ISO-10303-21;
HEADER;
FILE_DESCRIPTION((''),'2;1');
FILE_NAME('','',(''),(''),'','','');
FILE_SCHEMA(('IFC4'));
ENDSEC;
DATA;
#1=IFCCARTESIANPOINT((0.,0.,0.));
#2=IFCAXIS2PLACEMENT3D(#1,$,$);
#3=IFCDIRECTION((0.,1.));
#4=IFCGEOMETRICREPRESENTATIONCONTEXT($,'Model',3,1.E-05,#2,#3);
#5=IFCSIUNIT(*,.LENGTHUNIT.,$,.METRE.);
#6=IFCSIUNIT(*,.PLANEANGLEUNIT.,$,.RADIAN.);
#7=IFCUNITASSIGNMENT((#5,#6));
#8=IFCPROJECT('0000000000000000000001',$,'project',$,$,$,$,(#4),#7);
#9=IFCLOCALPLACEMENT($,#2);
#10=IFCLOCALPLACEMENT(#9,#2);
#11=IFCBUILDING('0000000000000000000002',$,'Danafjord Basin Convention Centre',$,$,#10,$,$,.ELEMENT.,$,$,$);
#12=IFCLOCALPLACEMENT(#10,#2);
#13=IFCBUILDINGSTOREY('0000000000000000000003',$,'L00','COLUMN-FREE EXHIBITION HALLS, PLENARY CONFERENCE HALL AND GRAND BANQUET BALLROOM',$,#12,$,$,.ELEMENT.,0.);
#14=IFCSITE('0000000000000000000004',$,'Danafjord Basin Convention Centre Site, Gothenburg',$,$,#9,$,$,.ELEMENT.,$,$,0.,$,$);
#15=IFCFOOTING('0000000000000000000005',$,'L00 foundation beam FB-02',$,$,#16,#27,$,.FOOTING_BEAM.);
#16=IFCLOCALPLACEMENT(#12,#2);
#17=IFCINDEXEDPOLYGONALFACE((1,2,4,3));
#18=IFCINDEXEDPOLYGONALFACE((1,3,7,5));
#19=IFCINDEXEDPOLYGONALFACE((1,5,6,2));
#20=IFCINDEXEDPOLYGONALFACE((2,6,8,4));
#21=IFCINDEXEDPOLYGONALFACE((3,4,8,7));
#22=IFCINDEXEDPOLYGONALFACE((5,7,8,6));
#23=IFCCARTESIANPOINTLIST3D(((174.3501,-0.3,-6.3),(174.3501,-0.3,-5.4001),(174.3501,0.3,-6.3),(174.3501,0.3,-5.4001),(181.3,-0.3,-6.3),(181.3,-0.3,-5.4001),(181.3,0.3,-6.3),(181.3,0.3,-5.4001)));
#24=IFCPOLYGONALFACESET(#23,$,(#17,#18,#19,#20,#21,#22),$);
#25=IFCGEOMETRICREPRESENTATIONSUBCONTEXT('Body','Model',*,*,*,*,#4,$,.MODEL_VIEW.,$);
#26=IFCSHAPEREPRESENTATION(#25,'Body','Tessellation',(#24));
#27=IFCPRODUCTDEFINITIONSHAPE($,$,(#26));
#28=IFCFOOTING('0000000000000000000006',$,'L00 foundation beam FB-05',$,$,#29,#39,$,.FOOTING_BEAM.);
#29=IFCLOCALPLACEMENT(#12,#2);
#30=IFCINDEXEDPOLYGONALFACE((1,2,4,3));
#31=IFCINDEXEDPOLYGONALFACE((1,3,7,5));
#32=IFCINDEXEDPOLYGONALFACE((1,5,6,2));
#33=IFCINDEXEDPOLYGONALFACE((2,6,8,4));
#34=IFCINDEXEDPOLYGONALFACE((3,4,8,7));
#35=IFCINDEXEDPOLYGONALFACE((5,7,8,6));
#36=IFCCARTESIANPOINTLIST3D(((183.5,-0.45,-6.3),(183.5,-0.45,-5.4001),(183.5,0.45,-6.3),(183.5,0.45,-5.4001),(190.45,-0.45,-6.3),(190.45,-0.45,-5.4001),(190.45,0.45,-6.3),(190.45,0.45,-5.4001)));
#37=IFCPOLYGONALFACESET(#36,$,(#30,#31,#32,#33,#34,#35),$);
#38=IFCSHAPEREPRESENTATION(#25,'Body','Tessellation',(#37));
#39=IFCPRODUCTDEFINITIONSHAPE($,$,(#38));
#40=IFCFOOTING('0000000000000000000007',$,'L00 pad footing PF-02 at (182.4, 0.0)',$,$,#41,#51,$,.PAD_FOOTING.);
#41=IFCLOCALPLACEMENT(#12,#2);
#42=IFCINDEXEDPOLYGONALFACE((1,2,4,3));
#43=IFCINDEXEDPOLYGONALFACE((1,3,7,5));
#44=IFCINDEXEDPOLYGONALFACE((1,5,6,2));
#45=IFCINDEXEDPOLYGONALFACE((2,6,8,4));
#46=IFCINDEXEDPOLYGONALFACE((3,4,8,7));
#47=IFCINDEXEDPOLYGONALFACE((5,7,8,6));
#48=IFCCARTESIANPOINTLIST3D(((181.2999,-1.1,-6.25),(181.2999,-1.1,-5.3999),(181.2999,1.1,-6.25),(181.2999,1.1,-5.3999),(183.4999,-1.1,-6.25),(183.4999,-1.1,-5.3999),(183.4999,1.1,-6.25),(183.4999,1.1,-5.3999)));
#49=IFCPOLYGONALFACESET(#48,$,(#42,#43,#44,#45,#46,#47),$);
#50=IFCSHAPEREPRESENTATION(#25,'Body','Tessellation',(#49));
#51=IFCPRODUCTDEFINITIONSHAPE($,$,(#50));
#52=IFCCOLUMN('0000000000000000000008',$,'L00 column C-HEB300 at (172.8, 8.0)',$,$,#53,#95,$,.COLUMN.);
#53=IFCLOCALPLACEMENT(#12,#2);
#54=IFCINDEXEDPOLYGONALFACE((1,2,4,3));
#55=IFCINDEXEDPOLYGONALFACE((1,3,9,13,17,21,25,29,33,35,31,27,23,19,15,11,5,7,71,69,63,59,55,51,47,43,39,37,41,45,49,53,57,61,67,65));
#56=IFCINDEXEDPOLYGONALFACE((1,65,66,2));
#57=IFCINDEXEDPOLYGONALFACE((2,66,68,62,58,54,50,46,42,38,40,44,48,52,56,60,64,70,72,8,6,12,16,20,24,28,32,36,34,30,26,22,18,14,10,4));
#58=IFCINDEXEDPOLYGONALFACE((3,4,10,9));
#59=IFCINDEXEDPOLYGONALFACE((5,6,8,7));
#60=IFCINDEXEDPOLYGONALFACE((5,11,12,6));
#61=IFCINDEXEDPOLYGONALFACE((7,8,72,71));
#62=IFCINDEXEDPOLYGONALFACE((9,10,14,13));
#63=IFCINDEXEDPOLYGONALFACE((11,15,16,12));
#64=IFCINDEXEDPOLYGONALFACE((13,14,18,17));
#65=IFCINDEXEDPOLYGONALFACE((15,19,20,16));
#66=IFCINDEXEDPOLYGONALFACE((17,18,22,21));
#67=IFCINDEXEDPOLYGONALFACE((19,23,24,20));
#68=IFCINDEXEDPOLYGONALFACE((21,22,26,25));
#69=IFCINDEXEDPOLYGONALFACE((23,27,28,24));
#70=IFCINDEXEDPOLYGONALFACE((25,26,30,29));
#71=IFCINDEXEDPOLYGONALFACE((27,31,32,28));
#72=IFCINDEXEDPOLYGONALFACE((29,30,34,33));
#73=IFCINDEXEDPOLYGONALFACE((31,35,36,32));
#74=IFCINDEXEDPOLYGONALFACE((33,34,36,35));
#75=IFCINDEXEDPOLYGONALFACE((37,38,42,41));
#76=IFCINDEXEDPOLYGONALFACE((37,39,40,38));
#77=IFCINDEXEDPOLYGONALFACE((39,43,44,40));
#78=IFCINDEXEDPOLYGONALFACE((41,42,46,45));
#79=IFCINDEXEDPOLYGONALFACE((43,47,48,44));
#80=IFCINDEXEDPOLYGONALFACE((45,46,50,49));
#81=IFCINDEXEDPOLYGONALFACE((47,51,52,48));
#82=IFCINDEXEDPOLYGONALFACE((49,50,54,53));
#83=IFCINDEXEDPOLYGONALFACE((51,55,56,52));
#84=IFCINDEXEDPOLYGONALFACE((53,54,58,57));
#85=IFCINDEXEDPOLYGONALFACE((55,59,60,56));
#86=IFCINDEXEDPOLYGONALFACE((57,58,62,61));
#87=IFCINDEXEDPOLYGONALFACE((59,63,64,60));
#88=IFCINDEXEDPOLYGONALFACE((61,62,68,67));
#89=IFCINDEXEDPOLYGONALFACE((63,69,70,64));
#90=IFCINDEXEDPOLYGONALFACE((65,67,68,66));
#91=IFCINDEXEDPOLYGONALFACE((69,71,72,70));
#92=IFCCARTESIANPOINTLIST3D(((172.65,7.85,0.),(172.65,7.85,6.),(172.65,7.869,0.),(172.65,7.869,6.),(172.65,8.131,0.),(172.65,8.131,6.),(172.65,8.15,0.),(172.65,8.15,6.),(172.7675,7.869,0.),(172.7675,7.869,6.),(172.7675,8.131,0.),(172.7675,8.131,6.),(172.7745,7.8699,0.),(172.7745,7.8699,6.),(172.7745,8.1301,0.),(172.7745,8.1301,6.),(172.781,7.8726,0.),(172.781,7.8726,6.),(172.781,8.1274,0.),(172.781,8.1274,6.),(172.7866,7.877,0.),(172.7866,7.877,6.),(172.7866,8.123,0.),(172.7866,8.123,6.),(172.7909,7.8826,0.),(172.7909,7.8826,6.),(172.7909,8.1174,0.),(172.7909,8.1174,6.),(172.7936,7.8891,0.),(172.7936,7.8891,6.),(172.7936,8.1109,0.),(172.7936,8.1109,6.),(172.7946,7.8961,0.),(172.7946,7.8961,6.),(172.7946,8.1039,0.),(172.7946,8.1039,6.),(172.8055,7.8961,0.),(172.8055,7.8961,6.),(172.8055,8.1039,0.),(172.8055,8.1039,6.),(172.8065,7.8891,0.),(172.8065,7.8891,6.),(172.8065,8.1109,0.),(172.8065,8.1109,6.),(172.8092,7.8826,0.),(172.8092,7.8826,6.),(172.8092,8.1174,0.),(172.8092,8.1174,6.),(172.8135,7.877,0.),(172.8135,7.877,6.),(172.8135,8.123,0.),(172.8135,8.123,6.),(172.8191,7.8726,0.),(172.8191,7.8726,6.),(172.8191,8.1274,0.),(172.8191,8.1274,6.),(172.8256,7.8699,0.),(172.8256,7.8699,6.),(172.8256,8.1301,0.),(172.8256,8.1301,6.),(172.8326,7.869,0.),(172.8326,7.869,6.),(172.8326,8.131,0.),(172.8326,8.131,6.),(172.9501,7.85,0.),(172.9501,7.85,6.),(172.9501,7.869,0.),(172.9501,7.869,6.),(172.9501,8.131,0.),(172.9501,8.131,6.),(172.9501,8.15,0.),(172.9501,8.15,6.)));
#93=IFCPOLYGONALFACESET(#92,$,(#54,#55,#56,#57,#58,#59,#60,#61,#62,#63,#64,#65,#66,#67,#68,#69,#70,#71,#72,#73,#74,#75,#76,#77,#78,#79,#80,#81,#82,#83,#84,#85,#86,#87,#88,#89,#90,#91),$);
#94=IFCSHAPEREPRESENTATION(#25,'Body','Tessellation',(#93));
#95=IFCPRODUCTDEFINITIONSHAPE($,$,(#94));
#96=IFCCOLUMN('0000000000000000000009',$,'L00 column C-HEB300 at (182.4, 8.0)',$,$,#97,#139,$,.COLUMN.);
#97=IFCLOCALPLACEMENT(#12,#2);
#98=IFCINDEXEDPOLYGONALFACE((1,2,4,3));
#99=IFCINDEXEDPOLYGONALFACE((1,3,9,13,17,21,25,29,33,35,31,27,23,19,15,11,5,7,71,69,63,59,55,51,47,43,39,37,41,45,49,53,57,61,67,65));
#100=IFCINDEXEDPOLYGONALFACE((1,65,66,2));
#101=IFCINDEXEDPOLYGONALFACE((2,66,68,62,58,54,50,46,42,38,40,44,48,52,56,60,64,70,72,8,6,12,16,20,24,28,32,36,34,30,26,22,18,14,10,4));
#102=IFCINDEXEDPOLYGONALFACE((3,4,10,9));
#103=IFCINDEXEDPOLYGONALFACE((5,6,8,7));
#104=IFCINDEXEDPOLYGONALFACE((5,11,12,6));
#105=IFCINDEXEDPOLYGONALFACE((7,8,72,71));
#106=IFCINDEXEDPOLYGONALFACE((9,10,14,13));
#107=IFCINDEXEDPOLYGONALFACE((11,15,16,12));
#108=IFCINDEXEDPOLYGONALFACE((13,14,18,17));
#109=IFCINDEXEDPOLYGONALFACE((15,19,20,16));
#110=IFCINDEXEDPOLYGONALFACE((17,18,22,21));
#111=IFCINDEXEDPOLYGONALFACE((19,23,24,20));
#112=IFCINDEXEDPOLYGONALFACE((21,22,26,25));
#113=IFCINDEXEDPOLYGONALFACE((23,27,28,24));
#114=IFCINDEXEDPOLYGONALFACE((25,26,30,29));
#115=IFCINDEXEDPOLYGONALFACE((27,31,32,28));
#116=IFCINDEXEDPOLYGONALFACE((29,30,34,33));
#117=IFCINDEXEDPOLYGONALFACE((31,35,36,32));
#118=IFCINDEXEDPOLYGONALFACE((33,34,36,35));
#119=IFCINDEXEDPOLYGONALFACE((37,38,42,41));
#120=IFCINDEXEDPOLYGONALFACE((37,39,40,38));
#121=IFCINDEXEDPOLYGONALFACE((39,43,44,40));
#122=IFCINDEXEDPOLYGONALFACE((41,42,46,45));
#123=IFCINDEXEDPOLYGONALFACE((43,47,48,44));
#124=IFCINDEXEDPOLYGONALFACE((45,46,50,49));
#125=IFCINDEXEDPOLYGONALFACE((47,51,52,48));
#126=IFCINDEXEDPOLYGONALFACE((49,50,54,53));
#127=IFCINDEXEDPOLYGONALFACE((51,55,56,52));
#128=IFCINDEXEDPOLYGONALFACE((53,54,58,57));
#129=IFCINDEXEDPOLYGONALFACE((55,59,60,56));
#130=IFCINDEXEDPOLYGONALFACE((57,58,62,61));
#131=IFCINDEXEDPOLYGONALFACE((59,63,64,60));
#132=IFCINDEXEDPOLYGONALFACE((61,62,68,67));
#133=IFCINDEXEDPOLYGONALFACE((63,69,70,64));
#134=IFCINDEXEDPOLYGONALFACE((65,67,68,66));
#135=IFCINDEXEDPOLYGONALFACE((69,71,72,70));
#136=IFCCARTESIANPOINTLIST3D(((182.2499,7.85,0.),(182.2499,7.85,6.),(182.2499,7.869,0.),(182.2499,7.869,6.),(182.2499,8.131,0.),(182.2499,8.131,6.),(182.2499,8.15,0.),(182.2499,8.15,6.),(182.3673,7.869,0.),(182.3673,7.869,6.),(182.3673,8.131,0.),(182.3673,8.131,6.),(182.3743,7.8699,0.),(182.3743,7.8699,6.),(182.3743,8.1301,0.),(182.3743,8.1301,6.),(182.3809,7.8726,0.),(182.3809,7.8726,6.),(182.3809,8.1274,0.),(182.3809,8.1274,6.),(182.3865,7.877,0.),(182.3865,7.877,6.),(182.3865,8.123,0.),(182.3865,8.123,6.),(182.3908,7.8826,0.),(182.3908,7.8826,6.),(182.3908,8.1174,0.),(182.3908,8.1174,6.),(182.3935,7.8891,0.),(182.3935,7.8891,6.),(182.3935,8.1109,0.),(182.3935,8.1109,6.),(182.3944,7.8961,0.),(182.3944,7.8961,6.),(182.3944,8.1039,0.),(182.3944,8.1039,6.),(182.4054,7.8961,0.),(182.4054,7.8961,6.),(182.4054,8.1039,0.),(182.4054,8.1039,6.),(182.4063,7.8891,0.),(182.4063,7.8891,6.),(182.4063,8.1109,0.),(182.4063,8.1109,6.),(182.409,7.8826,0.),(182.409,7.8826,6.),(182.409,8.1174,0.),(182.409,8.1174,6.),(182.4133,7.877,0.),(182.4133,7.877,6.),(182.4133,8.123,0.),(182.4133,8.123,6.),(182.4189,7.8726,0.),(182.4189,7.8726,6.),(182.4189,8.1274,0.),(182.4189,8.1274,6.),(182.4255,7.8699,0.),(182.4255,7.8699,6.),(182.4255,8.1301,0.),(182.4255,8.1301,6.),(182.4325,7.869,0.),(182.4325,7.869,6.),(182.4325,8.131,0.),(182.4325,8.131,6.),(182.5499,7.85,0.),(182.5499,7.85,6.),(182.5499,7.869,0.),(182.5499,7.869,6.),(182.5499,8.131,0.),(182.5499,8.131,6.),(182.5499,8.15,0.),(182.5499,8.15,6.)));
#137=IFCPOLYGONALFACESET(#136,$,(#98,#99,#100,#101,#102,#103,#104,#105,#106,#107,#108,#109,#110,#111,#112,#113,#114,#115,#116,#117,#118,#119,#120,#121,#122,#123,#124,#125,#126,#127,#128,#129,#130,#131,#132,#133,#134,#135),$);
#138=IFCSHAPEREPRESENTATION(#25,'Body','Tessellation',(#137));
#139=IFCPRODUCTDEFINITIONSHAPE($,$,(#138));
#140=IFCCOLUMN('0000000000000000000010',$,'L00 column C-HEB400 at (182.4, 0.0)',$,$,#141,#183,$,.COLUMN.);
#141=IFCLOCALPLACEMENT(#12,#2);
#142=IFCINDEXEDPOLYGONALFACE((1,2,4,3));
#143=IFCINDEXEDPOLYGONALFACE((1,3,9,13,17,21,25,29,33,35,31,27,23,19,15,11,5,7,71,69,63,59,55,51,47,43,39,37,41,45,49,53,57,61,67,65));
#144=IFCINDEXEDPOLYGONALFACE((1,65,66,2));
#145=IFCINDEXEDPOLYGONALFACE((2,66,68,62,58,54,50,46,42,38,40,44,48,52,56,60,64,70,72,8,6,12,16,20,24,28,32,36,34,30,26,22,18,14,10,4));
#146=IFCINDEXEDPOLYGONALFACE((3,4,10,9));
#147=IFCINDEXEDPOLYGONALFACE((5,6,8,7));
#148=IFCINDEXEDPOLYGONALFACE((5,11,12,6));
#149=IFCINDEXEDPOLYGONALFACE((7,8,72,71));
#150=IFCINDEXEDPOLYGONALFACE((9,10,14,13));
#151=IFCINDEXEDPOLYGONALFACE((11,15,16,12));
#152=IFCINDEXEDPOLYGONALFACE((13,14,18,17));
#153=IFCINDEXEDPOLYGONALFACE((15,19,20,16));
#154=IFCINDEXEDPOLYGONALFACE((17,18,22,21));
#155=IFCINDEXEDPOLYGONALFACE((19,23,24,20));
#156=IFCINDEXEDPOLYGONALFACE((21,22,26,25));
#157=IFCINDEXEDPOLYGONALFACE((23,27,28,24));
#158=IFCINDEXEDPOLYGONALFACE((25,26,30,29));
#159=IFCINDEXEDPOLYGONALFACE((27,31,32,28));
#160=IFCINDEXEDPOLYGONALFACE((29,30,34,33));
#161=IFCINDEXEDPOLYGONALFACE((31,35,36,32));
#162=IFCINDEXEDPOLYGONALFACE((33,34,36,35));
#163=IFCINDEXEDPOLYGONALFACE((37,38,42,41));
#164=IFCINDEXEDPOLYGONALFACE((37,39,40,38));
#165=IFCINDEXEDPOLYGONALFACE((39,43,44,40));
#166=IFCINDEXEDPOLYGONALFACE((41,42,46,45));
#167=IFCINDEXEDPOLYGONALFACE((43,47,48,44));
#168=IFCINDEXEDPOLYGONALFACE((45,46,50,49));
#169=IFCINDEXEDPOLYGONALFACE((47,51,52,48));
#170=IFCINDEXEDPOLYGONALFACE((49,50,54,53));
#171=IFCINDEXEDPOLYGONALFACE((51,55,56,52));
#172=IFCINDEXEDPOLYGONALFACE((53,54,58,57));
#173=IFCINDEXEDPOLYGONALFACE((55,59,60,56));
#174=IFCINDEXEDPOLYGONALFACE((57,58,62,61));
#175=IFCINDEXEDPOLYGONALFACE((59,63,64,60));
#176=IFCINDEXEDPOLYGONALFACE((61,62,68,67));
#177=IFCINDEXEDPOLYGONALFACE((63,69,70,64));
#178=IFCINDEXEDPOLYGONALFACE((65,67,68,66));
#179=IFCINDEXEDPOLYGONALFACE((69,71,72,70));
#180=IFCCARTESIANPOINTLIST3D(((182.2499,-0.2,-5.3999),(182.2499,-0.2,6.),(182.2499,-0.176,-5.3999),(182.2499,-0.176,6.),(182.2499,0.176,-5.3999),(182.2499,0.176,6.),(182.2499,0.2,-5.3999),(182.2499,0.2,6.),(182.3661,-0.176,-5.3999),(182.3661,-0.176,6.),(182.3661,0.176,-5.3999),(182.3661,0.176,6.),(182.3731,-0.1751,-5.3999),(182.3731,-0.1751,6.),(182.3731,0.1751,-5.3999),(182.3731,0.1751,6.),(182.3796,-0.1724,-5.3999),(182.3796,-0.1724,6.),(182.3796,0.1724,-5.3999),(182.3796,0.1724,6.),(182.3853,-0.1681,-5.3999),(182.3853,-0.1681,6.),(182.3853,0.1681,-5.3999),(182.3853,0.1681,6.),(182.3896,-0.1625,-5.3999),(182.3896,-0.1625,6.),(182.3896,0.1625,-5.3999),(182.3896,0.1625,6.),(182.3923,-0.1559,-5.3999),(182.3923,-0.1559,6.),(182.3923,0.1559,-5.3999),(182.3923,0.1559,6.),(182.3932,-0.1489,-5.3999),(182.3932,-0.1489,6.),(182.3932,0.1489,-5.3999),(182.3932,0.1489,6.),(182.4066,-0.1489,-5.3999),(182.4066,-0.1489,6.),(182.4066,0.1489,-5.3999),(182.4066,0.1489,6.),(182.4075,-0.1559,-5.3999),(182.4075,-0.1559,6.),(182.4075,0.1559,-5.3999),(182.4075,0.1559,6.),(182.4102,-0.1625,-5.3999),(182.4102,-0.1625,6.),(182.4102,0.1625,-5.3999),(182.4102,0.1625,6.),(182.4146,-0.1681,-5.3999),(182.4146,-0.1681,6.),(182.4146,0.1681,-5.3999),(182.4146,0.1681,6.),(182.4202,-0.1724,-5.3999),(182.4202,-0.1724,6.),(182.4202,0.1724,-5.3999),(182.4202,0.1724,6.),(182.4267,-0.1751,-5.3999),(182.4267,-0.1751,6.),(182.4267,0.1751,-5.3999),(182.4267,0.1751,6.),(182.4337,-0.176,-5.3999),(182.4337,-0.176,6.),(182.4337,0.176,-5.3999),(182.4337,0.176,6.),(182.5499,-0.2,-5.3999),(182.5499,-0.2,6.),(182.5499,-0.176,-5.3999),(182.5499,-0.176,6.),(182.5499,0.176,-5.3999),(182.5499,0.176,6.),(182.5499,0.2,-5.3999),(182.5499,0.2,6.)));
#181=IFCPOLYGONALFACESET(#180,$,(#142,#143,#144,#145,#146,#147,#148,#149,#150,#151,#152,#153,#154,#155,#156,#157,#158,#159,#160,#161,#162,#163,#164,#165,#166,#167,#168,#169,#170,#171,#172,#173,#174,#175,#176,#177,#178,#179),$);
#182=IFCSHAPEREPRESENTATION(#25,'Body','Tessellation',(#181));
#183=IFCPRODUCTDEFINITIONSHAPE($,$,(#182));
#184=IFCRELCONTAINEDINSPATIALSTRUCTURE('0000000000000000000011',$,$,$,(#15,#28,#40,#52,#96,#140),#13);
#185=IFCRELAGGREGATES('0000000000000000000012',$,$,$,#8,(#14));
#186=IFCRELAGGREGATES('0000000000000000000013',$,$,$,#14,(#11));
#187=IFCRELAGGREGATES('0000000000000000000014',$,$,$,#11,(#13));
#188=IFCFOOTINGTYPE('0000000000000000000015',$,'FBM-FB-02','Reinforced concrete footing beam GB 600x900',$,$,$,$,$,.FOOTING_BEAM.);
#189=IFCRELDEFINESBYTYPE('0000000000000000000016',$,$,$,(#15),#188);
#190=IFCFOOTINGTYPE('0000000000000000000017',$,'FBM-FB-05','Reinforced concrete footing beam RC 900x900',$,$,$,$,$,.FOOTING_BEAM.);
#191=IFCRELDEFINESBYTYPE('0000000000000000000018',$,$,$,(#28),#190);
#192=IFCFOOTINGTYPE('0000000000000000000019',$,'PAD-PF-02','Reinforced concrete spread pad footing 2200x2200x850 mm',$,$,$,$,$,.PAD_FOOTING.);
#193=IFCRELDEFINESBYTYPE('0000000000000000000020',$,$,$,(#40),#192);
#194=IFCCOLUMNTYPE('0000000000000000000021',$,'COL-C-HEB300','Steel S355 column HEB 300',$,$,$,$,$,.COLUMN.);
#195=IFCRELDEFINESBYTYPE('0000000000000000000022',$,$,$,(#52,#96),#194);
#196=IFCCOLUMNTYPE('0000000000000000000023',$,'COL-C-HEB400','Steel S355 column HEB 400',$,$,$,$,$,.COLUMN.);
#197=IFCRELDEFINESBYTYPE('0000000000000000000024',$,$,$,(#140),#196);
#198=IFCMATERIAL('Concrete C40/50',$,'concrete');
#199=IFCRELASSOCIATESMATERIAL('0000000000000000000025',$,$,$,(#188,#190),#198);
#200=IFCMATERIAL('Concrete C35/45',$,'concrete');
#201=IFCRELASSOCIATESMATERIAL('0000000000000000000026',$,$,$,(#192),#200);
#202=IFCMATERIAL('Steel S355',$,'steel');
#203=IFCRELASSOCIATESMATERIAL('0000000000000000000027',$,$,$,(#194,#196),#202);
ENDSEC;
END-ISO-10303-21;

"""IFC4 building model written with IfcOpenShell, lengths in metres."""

from ifc_helpers import new_model, si_unit, direction, frame, origin, origin_2d, place, context, subcontext, project, spatial, rectangle, i_section, extrude, material, material_profile, profile_set, type_object, element, save


model = new_model("IFC4")

# Units and contexts
model_context = context("Model", 3, precision=1e-05, world=origin(), true_north=direction((0.0, 1.0)))
body_context = subcontext(model_context, "Body", "Model", "MODEL_VIEW")
ifc_project = project(units=[si_unit("LENGTHUNIT", "METRE"), si_unit("PLANEANGLEUNIT", "RADIAN")], contexts=[model_context])

# Site, building, storey
site_placement = place(None, origin())
site = spatial("IfcSite", under=ifc_project, at=site_placement, Name="Danafjord Basin Convention Centre Site, Gothenburg", CompositionType="ELEMENT", RefElevation=0.0)
building_placement = place(site_placement, origin())
building = spatial("IfcBuilding", under=site, at=building_placement, Name="Danafjord Basin Convention Centre", CompositionType="ELEMENT")
storey_placement = place(building_placement, origin())
storey = spatial("IfcBuildingStorey", under=building, at=storey_placement, Name="L00", Description="COLUMN-FREE EXHIBITION HALLS, PLENARY CONFERENCE HALL AND GRAND BANQUET BALLROOM", CompositionType="ELEMENT", Elevation=0.0)

# Footings
ifc_material_1 = material(Name="Concrete C40/50", Category="concrete")
ifc_material_profile_1 = material_profile(ifc_material_1, rectangle(XDim=0.6001, YDim=0.8999, at=origin_2d()), Name="GB 600x900")
ifc_profile_set_1 = profile_set([ifc_material_profile_1], Name="Concrete C40/50")
footing_type_1 = type_object("IfcFootingType", Name="FBM-FB-02", Description="Reinforced concrete footing beam GB 600x900", PredefinedType="FOOTING_BEAM", material=ifc_profile_set_1)
footing_1_placement = place(storey_placement, frame((174.3501, 0.0, -5.8501), z_axis=(1.0, 0.0, 0.0), x_axis=(0.0, 1.0, 0.0)))
element("IfcFooting", 1, at=footing_1_placement, inside=storey, type_object=footing_type_1, Name="L00 foundation beam FB-02", PredefinedType="FOOTING_BEAM", context=body_context, shape_type="SweptSolid", body=[
    extrude(rectangle(XDim=0.6001, YDim=0.8999, at=origin_2d()), origin(), (0.0, 0.0, 1.0), 6.95),
])
ifc_material_profile_2 = material_profile(ifc_material_1, rectangle(XDim=0.8999, YDim=0.8999, at=origin_2d()), Name="RC 900x900")
ifc_profile_set_2 = profile_set([ifc_material_profile_2], Name="Concrete C40/50")
footing_type_2 = type_object("IfcFootingType", Name="FBM-FB-05", Description="Reinforced concrete footing beam RC 900x900", PredefinedType="FOOTING_BEAM", material=ifc_profile_set_2)
footing_2_placement = place(storey_placement, frame((183.5, 0.0, -5.8501), z_axis=(1.0, 0.0, 0.0), x_axis=(0.0, 1.0, 0.0)))
element("IfcFooting", 2, at=footing_2_placement, inside=storey, type_object=footing_type_2, Name="L00 foundation beam FB-05", PredefinedType="FOOTING_BEAM", context=body_context, shape_type="SweptSolid", body=[
    extrude(rectangle(XDim=0.8999, YDim=0.8999, at=origin_2d()), origin(), (0.0, 0.0, 1.0), 6.95),
])
ifc_material_2 = material(Name="Concrete C35/45", Category="concrete")
footing_type_3 = type_object("IfcFootingType", Name="PAD-PF-02", Description="Reinforced concrete spread pad footing 2200x2200x850 mm", PredefinedType="PAD_FOOTING", material=ifc_material_2)
footing_3_placement = place(storey_placement, frame((182.3999, 0.0, -6.25), z_axis=(0.0, 0.0, 1.0), x_axis=(1.0, 0.0, 0.0)))
element("IfcFooting", 3, at=footing_3_placement, inside=storey, type_object=footing_type_3, Name="L00 pad footing PF-02 at (182.4, 0.0)", PredefinedType="PAD_FOOTING", context=body_context, shape_type="SweptSolid", body=[
    extrude(rectangle(XDim=2.2, YDim=2.2, at=origin_2d()), origin(), (0.0, 0.0, 1.0), 0.8501),
])

# Columns
ifc_material_3 = material(Name="Steel S355", Category="steel")
ifc_material_profile_3 = material_profile(ifc_material_3, i_section(OverallWidth=0.3, OverallDepth=0.3, WebThickness=0.011, FlangeThickness=0.019, FilletRadius=0.0271, at=origin_2d()), Name="HEB 300")
ifc_profile_set_3 = profile_set([ifc_material_profile_3], Name="Steel S355")
column_type_1 = type_object("IfcColumnType", Name="COL-C-HEB300", Description="Steel S355 column HEB 300", PredefinedType="COLUMN", material=ifc_profile_set_3)
for number, where, z_axis, x_axis, name in (
    (4, (172.8, 8.0, 0.0), (0.0, 0.0, 1.0), (1.0, 0.0, 0.0), "L00 column C-HEB300 at (172.8, 8.0)"),
    (5, (182.3999, 8.0, 0.0), (0.0, 0.0, 1.0), (1.0, 0.0, 0.0), "L00 column C-HEB300 at (182.4, 8.0)"),
):
    element("IfcColumn", number, at=place(storey_placement, frame(where, z_axis=z_axis, x_axis=x_axis)), inside=storey, type_object=column_type_1, Name=name, PredefinedType="COLUMN", context=body_context, shape_type="SweptSolid", body=[
        extrude(i_section(OverallWidth=0.3, OverallDepth=0.3, WebThickness=0.011, FlangeThickness=0.019, FilletRadius=0.0271, at=origin_2d()), origin(), (0.0, 0.0, 1.0), 6.0),
    ])
ifc_material_profile_4 = material_profile(ifc_material_3, i_section(OverallWidth=0.3, OverallDepth=0.3999, WebThickness=0.0134, FlangeThickness=0.0239, FilletRadius=0.0271, at=origin_2d()), Name="HEB 400")
ifc_profile_set_4 = profile_set([ifc_material_profile_4], Name="Steel S355")
column_type_2 = type_object("IfcColumnType", Name="COL-C-HEB400", Description="Steel S355 column HEB 400", PredefinedType="COLUMN", material=ifc_profile_set_4)
column_placement = place(storey_placement, frame((182.3999, 0.0, -5.3999), z_axis=(0.0, 0.0, 1.0), x_axis=(1.0, 0.0, 0.0)))
element("IfcColumn", 6, at=column_placement, inside=storey, type_object=column_type_2, Name="L00 column C-HEB400 at (182.4, 0.0)", PredefinedType="COLUMN", context=body_context, shape_type="SweptSolid", body=[
    extrude(i_section(OverallWidth=0.3, OverallDepth=0.3999, WebThickness=0.0134, FlangeThickness=0.0239, FilletRadius=0.0271, at=origin_2d()), origin(), (0.0, 0.0, 1.0), 11.3999),
])

save(model, "model.ifc")
